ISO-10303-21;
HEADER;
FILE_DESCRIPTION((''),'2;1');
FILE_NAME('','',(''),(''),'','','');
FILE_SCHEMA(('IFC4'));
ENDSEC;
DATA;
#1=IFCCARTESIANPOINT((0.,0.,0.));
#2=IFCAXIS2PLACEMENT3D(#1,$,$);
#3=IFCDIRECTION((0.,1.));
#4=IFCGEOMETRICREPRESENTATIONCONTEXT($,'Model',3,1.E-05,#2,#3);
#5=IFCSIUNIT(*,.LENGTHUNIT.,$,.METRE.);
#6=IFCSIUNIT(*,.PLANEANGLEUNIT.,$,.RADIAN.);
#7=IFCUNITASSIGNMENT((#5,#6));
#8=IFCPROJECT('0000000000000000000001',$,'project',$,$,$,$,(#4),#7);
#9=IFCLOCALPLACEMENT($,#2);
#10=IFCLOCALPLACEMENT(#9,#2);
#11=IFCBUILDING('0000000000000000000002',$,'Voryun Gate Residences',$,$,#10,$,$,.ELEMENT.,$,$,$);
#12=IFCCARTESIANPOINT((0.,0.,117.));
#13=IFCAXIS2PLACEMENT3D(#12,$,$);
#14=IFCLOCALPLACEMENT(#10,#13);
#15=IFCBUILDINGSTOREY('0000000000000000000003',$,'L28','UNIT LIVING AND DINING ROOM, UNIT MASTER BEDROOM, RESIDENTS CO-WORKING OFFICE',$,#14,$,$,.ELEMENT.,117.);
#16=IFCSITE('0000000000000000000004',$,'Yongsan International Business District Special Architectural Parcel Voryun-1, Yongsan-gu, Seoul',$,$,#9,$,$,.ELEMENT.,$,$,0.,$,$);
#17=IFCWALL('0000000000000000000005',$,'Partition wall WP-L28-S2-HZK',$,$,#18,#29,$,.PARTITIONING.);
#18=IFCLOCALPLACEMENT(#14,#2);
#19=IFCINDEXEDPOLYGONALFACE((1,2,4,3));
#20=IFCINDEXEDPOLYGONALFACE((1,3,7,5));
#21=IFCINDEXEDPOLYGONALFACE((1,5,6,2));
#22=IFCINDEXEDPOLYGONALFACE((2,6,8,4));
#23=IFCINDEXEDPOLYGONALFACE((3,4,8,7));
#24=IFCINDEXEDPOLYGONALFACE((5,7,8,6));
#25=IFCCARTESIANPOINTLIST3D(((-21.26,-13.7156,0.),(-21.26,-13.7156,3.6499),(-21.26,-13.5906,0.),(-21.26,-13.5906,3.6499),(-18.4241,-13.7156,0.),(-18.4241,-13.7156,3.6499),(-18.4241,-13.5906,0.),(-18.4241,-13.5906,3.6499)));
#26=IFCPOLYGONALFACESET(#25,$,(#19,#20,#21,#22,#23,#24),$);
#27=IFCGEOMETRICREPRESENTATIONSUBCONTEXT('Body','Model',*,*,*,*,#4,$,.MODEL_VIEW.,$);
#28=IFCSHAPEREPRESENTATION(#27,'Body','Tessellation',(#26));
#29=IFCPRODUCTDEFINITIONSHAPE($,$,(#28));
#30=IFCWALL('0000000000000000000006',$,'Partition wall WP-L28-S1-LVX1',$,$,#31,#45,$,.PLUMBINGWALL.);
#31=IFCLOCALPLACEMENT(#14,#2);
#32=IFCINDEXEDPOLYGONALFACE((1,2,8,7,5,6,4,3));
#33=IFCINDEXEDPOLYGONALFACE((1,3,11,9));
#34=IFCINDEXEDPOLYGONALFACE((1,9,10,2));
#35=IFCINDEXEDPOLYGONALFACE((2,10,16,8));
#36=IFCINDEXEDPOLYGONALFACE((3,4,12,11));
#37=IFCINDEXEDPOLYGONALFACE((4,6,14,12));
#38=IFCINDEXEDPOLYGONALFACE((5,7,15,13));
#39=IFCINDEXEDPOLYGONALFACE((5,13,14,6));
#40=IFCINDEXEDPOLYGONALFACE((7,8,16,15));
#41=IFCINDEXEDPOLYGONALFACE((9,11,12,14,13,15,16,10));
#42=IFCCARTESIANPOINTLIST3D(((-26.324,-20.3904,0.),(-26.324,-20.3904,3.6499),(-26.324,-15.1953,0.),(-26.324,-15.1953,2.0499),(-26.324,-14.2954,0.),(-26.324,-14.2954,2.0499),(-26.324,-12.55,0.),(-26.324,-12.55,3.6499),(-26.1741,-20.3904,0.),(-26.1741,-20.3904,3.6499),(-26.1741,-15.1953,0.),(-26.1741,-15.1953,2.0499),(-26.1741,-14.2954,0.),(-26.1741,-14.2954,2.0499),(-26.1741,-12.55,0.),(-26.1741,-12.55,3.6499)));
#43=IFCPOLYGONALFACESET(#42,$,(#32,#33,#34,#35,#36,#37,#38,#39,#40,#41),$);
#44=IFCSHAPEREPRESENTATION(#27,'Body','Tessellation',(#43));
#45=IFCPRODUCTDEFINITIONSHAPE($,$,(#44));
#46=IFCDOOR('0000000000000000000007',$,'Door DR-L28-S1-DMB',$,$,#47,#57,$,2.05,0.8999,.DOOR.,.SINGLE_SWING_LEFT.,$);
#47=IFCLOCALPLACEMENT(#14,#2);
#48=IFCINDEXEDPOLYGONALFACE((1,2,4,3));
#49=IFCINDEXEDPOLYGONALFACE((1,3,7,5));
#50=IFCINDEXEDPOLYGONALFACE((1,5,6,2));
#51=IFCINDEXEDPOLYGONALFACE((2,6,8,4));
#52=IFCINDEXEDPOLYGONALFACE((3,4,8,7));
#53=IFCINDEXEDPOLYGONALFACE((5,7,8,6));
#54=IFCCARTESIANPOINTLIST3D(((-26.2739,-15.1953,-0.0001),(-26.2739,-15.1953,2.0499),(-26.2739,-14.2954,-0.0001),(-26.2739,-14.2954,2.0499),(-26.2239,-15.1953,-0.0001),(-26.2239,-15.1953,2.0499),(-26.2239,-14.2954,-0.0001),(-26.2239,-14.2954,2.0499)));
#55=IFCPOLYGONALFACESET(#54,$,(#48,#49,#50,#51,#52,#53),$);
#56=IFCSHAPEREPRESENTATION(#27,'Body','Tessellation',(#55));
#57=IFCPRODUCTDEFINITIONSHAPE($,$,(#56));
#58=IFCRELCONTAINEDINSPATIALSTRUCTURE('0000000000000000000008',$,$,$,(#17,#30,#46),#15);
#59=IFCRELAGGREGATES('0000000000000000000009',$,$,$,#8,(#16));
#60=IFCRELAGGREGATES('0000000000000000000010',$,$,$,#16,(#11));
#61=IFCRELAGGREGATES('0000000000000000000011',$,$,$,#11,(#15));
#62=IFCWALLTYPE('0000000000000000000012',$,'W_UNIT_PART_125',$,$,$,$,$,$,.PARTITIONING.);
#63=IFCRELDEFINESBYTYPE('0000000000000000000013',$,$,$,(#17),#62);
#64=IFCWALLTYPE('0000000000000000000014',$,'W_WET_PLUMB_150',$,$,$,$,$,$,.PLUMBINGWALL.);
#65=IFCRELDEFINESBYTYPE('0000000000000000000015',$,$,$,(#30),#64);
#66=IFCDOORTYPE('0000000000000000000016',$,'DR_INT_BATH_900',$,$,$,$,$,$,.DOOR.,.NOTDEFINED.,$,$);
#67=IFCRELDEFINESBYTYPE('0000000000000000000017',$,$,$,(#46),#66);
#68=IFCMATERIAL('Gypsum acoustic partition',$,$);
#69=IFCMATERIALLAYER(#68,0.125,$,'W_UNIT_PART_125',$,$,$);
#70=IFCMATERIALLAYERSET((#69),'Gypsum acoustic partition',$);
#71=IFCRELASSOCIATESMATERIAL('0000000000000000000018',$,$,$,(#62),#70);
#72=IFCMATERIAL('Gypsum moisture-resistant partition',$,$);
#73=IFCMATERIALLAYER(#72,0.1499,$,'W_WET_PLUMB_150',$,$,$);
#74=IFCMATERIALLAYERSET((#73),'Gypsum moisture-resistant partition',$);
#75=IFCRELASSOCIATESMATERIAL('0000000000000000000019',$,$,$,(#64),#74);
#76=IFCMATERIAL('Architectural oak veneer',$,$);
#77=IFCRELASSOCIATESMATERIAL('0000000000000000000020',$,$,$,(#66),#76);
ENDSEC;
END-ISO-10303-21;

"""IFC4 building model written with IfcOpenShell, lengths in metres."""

from ifc_helpers import new_model, si_unit, direction, frame, frame_2d, origin, place, context, subcontext, project, spatial, rectangle, extrude, material, layer, layer_set, type_object, element, fill, save


model = new_model("IFC4")

# Units and contexts
model_context = context("Model", 3, precision=1e-05, world=origin(), true_north=direction((0.0, 1.0)))
body_context = subcontext(model_context, "Body", "Model", "MODEL_VIEW")
ifc_project = project(units=[si_unit("LENGTHUNIT", "METRE"), si_unit("PLANEANGLEUNIT", "RADIAN")], contexts=[model_context])

# Site, building, storey
site_placement = place(None, origin())
site = spatial("IfcSite", under=ifc_project, at=site_placement, Name="Yongsan International Business District Special Architectural Parcel Voryun-1, Yongsan-gu, Seoul", CompositionType="ELEMENT", RefElevation=0.0)
building_placement = place(site_placement, origin())
building = spatial("IfcBuilding", under=site, at=building_placement, Name="Voryun Gate Residences", CompositionType="ELEMENT")
storey_placement = place(building_placement, frame((0.0, 0.0, 117.0)))
storey = spatial("IfcBuildingStorey", under=building, at=storey_placement, Name="L28", Description="UNIT LIVING AND DINING ROOM, UNIT MASTER BEDROOM, RESIDENTS CO-WORKING OFFICE", CompositionType="ELEMENT", Elevation=117.0)

# Shared definitions
ifc_material_1 = material(Name="Gypsum acoustic partition")
ifc_layer_1 = layer(ifc_material_1, 0.125, Name="W_UNIT_PART_125")
ifc_layer_set_1 = layer_set([ifc_layer_1], Name="Gypsum acoustic partition")
wall_type_1 = type_object("IfcWallType", Name="W_UNIT_PART_125", PredefinedType="PARTITIONING", material=ifc_layer_set_1)

# Wall
wall_1_placement = place(storey_placement, frame((-21.26, -13.6531, 0.0), z_axis=(0.0, 0.0, 1.0), x_axis=(1.0, 0.0, 0.0)))
element("IfcWall", 1, at=wall_1_placement, inside=storey, type_object=wall_type_1, Name="Partition wall WP-L28-S2-HZK", PredefinedType="PARTITIONING", context=body_context, shape_type="SweptSolid", body=[
    extrude(rectangle(XDim=2.8359, YDim=0.125, at=frame_2d((1.418, 0.0))), origin(), (0.0, 0.0, 1.0), 3.6499),
])

# Wall, opening, door
ifc_material_2 = material(Name="Gypsum moisture-resistant partition")
ifc_layer_2 = layer(ifc_material_2, 0.1499, Name="W_WET_PLUMB_150")
ifc_layer_set_2 = layer_set([ifc_layer_2], Name="Gypsum moisture-resistant partition")
wall_type_2 = type_object("IfcWallType", Name="W_WET_PLUMB_150", PredefinedType="PLUMBINGWALL", material=ifc_layer_set_2)
wall_2_placement = place(storey_placement, frame((-26.249, -20.3904, 0.0), z_axis=(0.0, 0.0, 1.0), x_axis=(0.0, 1.0, 0.0)))
wall_2 = element("IfcWall", 2, at=wall_2_placement, inside=storey, type_object=wall_type_2, Name="Partition wall WP-L28-S1-LVX1", PredefinedType="PLUMBINGWALL", context=body_context, shape_type="SweptSolid", body=[
    extrude(rectangle(XDim=7.8403, YDim=0.1499, at=frame_2d((3.9202, 0.0))), origin(), (0.0, 0.0, 1.0), 3.6499),
])
opening_1_placement = place(wall_2_placement, frame((5.1951, 0.0, 0.0)))
opening_1 = element("IfcOpeningElement", 3, at=opening_1_placement, cuts=wall_2, PredefinedType="OPENING", context=body_context, shape_type="SweptSolid", body=[
    extrude(rectangle(XDim=0.8999, YDim=2.05, at=frame_2d((0.45, 1.0249))), frame((0.0, 0.085, 0.0), z_axis=(0.0, -1.0, 0.0), x_axis=(1.0, 0.0, 0.0)), (0.0, 0.0, 1.0), 0.1699),
])
ifc_material_3 = material(Name="Architectural oak veneer")
door_type_1 = type_object("IfcDoorType", Name="DR_INT_BATH_900", OperationType="NOTDEFINED", PredefinedType="DOOR", material=ifc_material_3)
door_1_placement = place(opening_1_placement, origin())
door_1 = element("IfcDoor", 4, at=door_1_placement, inside=storey, type_object=door_type_1, Name="Door DR-L28-S1-DMB", OperationType="SINGLE_SWING_LEFT", OverallHeight=2.05, OverallWidth=0.8999, PredefinedType="DOOR", context=body_context, shape_type="SweptSolid", body=[
    extrude(rectangle(XDim=0.8999, YDim=2.05, at=frame_2d((0.45, 1.0249))), frame((0.0, 0.0249, 0.0), z_axis=(0.0, -1.0, 0.0), x_axis=(1.0, 0.0, 0.0)), (0.0, 0.0, 1.0), 0.05),
])
fill(opening_1, door_1)

save(model, "model.ifc")
